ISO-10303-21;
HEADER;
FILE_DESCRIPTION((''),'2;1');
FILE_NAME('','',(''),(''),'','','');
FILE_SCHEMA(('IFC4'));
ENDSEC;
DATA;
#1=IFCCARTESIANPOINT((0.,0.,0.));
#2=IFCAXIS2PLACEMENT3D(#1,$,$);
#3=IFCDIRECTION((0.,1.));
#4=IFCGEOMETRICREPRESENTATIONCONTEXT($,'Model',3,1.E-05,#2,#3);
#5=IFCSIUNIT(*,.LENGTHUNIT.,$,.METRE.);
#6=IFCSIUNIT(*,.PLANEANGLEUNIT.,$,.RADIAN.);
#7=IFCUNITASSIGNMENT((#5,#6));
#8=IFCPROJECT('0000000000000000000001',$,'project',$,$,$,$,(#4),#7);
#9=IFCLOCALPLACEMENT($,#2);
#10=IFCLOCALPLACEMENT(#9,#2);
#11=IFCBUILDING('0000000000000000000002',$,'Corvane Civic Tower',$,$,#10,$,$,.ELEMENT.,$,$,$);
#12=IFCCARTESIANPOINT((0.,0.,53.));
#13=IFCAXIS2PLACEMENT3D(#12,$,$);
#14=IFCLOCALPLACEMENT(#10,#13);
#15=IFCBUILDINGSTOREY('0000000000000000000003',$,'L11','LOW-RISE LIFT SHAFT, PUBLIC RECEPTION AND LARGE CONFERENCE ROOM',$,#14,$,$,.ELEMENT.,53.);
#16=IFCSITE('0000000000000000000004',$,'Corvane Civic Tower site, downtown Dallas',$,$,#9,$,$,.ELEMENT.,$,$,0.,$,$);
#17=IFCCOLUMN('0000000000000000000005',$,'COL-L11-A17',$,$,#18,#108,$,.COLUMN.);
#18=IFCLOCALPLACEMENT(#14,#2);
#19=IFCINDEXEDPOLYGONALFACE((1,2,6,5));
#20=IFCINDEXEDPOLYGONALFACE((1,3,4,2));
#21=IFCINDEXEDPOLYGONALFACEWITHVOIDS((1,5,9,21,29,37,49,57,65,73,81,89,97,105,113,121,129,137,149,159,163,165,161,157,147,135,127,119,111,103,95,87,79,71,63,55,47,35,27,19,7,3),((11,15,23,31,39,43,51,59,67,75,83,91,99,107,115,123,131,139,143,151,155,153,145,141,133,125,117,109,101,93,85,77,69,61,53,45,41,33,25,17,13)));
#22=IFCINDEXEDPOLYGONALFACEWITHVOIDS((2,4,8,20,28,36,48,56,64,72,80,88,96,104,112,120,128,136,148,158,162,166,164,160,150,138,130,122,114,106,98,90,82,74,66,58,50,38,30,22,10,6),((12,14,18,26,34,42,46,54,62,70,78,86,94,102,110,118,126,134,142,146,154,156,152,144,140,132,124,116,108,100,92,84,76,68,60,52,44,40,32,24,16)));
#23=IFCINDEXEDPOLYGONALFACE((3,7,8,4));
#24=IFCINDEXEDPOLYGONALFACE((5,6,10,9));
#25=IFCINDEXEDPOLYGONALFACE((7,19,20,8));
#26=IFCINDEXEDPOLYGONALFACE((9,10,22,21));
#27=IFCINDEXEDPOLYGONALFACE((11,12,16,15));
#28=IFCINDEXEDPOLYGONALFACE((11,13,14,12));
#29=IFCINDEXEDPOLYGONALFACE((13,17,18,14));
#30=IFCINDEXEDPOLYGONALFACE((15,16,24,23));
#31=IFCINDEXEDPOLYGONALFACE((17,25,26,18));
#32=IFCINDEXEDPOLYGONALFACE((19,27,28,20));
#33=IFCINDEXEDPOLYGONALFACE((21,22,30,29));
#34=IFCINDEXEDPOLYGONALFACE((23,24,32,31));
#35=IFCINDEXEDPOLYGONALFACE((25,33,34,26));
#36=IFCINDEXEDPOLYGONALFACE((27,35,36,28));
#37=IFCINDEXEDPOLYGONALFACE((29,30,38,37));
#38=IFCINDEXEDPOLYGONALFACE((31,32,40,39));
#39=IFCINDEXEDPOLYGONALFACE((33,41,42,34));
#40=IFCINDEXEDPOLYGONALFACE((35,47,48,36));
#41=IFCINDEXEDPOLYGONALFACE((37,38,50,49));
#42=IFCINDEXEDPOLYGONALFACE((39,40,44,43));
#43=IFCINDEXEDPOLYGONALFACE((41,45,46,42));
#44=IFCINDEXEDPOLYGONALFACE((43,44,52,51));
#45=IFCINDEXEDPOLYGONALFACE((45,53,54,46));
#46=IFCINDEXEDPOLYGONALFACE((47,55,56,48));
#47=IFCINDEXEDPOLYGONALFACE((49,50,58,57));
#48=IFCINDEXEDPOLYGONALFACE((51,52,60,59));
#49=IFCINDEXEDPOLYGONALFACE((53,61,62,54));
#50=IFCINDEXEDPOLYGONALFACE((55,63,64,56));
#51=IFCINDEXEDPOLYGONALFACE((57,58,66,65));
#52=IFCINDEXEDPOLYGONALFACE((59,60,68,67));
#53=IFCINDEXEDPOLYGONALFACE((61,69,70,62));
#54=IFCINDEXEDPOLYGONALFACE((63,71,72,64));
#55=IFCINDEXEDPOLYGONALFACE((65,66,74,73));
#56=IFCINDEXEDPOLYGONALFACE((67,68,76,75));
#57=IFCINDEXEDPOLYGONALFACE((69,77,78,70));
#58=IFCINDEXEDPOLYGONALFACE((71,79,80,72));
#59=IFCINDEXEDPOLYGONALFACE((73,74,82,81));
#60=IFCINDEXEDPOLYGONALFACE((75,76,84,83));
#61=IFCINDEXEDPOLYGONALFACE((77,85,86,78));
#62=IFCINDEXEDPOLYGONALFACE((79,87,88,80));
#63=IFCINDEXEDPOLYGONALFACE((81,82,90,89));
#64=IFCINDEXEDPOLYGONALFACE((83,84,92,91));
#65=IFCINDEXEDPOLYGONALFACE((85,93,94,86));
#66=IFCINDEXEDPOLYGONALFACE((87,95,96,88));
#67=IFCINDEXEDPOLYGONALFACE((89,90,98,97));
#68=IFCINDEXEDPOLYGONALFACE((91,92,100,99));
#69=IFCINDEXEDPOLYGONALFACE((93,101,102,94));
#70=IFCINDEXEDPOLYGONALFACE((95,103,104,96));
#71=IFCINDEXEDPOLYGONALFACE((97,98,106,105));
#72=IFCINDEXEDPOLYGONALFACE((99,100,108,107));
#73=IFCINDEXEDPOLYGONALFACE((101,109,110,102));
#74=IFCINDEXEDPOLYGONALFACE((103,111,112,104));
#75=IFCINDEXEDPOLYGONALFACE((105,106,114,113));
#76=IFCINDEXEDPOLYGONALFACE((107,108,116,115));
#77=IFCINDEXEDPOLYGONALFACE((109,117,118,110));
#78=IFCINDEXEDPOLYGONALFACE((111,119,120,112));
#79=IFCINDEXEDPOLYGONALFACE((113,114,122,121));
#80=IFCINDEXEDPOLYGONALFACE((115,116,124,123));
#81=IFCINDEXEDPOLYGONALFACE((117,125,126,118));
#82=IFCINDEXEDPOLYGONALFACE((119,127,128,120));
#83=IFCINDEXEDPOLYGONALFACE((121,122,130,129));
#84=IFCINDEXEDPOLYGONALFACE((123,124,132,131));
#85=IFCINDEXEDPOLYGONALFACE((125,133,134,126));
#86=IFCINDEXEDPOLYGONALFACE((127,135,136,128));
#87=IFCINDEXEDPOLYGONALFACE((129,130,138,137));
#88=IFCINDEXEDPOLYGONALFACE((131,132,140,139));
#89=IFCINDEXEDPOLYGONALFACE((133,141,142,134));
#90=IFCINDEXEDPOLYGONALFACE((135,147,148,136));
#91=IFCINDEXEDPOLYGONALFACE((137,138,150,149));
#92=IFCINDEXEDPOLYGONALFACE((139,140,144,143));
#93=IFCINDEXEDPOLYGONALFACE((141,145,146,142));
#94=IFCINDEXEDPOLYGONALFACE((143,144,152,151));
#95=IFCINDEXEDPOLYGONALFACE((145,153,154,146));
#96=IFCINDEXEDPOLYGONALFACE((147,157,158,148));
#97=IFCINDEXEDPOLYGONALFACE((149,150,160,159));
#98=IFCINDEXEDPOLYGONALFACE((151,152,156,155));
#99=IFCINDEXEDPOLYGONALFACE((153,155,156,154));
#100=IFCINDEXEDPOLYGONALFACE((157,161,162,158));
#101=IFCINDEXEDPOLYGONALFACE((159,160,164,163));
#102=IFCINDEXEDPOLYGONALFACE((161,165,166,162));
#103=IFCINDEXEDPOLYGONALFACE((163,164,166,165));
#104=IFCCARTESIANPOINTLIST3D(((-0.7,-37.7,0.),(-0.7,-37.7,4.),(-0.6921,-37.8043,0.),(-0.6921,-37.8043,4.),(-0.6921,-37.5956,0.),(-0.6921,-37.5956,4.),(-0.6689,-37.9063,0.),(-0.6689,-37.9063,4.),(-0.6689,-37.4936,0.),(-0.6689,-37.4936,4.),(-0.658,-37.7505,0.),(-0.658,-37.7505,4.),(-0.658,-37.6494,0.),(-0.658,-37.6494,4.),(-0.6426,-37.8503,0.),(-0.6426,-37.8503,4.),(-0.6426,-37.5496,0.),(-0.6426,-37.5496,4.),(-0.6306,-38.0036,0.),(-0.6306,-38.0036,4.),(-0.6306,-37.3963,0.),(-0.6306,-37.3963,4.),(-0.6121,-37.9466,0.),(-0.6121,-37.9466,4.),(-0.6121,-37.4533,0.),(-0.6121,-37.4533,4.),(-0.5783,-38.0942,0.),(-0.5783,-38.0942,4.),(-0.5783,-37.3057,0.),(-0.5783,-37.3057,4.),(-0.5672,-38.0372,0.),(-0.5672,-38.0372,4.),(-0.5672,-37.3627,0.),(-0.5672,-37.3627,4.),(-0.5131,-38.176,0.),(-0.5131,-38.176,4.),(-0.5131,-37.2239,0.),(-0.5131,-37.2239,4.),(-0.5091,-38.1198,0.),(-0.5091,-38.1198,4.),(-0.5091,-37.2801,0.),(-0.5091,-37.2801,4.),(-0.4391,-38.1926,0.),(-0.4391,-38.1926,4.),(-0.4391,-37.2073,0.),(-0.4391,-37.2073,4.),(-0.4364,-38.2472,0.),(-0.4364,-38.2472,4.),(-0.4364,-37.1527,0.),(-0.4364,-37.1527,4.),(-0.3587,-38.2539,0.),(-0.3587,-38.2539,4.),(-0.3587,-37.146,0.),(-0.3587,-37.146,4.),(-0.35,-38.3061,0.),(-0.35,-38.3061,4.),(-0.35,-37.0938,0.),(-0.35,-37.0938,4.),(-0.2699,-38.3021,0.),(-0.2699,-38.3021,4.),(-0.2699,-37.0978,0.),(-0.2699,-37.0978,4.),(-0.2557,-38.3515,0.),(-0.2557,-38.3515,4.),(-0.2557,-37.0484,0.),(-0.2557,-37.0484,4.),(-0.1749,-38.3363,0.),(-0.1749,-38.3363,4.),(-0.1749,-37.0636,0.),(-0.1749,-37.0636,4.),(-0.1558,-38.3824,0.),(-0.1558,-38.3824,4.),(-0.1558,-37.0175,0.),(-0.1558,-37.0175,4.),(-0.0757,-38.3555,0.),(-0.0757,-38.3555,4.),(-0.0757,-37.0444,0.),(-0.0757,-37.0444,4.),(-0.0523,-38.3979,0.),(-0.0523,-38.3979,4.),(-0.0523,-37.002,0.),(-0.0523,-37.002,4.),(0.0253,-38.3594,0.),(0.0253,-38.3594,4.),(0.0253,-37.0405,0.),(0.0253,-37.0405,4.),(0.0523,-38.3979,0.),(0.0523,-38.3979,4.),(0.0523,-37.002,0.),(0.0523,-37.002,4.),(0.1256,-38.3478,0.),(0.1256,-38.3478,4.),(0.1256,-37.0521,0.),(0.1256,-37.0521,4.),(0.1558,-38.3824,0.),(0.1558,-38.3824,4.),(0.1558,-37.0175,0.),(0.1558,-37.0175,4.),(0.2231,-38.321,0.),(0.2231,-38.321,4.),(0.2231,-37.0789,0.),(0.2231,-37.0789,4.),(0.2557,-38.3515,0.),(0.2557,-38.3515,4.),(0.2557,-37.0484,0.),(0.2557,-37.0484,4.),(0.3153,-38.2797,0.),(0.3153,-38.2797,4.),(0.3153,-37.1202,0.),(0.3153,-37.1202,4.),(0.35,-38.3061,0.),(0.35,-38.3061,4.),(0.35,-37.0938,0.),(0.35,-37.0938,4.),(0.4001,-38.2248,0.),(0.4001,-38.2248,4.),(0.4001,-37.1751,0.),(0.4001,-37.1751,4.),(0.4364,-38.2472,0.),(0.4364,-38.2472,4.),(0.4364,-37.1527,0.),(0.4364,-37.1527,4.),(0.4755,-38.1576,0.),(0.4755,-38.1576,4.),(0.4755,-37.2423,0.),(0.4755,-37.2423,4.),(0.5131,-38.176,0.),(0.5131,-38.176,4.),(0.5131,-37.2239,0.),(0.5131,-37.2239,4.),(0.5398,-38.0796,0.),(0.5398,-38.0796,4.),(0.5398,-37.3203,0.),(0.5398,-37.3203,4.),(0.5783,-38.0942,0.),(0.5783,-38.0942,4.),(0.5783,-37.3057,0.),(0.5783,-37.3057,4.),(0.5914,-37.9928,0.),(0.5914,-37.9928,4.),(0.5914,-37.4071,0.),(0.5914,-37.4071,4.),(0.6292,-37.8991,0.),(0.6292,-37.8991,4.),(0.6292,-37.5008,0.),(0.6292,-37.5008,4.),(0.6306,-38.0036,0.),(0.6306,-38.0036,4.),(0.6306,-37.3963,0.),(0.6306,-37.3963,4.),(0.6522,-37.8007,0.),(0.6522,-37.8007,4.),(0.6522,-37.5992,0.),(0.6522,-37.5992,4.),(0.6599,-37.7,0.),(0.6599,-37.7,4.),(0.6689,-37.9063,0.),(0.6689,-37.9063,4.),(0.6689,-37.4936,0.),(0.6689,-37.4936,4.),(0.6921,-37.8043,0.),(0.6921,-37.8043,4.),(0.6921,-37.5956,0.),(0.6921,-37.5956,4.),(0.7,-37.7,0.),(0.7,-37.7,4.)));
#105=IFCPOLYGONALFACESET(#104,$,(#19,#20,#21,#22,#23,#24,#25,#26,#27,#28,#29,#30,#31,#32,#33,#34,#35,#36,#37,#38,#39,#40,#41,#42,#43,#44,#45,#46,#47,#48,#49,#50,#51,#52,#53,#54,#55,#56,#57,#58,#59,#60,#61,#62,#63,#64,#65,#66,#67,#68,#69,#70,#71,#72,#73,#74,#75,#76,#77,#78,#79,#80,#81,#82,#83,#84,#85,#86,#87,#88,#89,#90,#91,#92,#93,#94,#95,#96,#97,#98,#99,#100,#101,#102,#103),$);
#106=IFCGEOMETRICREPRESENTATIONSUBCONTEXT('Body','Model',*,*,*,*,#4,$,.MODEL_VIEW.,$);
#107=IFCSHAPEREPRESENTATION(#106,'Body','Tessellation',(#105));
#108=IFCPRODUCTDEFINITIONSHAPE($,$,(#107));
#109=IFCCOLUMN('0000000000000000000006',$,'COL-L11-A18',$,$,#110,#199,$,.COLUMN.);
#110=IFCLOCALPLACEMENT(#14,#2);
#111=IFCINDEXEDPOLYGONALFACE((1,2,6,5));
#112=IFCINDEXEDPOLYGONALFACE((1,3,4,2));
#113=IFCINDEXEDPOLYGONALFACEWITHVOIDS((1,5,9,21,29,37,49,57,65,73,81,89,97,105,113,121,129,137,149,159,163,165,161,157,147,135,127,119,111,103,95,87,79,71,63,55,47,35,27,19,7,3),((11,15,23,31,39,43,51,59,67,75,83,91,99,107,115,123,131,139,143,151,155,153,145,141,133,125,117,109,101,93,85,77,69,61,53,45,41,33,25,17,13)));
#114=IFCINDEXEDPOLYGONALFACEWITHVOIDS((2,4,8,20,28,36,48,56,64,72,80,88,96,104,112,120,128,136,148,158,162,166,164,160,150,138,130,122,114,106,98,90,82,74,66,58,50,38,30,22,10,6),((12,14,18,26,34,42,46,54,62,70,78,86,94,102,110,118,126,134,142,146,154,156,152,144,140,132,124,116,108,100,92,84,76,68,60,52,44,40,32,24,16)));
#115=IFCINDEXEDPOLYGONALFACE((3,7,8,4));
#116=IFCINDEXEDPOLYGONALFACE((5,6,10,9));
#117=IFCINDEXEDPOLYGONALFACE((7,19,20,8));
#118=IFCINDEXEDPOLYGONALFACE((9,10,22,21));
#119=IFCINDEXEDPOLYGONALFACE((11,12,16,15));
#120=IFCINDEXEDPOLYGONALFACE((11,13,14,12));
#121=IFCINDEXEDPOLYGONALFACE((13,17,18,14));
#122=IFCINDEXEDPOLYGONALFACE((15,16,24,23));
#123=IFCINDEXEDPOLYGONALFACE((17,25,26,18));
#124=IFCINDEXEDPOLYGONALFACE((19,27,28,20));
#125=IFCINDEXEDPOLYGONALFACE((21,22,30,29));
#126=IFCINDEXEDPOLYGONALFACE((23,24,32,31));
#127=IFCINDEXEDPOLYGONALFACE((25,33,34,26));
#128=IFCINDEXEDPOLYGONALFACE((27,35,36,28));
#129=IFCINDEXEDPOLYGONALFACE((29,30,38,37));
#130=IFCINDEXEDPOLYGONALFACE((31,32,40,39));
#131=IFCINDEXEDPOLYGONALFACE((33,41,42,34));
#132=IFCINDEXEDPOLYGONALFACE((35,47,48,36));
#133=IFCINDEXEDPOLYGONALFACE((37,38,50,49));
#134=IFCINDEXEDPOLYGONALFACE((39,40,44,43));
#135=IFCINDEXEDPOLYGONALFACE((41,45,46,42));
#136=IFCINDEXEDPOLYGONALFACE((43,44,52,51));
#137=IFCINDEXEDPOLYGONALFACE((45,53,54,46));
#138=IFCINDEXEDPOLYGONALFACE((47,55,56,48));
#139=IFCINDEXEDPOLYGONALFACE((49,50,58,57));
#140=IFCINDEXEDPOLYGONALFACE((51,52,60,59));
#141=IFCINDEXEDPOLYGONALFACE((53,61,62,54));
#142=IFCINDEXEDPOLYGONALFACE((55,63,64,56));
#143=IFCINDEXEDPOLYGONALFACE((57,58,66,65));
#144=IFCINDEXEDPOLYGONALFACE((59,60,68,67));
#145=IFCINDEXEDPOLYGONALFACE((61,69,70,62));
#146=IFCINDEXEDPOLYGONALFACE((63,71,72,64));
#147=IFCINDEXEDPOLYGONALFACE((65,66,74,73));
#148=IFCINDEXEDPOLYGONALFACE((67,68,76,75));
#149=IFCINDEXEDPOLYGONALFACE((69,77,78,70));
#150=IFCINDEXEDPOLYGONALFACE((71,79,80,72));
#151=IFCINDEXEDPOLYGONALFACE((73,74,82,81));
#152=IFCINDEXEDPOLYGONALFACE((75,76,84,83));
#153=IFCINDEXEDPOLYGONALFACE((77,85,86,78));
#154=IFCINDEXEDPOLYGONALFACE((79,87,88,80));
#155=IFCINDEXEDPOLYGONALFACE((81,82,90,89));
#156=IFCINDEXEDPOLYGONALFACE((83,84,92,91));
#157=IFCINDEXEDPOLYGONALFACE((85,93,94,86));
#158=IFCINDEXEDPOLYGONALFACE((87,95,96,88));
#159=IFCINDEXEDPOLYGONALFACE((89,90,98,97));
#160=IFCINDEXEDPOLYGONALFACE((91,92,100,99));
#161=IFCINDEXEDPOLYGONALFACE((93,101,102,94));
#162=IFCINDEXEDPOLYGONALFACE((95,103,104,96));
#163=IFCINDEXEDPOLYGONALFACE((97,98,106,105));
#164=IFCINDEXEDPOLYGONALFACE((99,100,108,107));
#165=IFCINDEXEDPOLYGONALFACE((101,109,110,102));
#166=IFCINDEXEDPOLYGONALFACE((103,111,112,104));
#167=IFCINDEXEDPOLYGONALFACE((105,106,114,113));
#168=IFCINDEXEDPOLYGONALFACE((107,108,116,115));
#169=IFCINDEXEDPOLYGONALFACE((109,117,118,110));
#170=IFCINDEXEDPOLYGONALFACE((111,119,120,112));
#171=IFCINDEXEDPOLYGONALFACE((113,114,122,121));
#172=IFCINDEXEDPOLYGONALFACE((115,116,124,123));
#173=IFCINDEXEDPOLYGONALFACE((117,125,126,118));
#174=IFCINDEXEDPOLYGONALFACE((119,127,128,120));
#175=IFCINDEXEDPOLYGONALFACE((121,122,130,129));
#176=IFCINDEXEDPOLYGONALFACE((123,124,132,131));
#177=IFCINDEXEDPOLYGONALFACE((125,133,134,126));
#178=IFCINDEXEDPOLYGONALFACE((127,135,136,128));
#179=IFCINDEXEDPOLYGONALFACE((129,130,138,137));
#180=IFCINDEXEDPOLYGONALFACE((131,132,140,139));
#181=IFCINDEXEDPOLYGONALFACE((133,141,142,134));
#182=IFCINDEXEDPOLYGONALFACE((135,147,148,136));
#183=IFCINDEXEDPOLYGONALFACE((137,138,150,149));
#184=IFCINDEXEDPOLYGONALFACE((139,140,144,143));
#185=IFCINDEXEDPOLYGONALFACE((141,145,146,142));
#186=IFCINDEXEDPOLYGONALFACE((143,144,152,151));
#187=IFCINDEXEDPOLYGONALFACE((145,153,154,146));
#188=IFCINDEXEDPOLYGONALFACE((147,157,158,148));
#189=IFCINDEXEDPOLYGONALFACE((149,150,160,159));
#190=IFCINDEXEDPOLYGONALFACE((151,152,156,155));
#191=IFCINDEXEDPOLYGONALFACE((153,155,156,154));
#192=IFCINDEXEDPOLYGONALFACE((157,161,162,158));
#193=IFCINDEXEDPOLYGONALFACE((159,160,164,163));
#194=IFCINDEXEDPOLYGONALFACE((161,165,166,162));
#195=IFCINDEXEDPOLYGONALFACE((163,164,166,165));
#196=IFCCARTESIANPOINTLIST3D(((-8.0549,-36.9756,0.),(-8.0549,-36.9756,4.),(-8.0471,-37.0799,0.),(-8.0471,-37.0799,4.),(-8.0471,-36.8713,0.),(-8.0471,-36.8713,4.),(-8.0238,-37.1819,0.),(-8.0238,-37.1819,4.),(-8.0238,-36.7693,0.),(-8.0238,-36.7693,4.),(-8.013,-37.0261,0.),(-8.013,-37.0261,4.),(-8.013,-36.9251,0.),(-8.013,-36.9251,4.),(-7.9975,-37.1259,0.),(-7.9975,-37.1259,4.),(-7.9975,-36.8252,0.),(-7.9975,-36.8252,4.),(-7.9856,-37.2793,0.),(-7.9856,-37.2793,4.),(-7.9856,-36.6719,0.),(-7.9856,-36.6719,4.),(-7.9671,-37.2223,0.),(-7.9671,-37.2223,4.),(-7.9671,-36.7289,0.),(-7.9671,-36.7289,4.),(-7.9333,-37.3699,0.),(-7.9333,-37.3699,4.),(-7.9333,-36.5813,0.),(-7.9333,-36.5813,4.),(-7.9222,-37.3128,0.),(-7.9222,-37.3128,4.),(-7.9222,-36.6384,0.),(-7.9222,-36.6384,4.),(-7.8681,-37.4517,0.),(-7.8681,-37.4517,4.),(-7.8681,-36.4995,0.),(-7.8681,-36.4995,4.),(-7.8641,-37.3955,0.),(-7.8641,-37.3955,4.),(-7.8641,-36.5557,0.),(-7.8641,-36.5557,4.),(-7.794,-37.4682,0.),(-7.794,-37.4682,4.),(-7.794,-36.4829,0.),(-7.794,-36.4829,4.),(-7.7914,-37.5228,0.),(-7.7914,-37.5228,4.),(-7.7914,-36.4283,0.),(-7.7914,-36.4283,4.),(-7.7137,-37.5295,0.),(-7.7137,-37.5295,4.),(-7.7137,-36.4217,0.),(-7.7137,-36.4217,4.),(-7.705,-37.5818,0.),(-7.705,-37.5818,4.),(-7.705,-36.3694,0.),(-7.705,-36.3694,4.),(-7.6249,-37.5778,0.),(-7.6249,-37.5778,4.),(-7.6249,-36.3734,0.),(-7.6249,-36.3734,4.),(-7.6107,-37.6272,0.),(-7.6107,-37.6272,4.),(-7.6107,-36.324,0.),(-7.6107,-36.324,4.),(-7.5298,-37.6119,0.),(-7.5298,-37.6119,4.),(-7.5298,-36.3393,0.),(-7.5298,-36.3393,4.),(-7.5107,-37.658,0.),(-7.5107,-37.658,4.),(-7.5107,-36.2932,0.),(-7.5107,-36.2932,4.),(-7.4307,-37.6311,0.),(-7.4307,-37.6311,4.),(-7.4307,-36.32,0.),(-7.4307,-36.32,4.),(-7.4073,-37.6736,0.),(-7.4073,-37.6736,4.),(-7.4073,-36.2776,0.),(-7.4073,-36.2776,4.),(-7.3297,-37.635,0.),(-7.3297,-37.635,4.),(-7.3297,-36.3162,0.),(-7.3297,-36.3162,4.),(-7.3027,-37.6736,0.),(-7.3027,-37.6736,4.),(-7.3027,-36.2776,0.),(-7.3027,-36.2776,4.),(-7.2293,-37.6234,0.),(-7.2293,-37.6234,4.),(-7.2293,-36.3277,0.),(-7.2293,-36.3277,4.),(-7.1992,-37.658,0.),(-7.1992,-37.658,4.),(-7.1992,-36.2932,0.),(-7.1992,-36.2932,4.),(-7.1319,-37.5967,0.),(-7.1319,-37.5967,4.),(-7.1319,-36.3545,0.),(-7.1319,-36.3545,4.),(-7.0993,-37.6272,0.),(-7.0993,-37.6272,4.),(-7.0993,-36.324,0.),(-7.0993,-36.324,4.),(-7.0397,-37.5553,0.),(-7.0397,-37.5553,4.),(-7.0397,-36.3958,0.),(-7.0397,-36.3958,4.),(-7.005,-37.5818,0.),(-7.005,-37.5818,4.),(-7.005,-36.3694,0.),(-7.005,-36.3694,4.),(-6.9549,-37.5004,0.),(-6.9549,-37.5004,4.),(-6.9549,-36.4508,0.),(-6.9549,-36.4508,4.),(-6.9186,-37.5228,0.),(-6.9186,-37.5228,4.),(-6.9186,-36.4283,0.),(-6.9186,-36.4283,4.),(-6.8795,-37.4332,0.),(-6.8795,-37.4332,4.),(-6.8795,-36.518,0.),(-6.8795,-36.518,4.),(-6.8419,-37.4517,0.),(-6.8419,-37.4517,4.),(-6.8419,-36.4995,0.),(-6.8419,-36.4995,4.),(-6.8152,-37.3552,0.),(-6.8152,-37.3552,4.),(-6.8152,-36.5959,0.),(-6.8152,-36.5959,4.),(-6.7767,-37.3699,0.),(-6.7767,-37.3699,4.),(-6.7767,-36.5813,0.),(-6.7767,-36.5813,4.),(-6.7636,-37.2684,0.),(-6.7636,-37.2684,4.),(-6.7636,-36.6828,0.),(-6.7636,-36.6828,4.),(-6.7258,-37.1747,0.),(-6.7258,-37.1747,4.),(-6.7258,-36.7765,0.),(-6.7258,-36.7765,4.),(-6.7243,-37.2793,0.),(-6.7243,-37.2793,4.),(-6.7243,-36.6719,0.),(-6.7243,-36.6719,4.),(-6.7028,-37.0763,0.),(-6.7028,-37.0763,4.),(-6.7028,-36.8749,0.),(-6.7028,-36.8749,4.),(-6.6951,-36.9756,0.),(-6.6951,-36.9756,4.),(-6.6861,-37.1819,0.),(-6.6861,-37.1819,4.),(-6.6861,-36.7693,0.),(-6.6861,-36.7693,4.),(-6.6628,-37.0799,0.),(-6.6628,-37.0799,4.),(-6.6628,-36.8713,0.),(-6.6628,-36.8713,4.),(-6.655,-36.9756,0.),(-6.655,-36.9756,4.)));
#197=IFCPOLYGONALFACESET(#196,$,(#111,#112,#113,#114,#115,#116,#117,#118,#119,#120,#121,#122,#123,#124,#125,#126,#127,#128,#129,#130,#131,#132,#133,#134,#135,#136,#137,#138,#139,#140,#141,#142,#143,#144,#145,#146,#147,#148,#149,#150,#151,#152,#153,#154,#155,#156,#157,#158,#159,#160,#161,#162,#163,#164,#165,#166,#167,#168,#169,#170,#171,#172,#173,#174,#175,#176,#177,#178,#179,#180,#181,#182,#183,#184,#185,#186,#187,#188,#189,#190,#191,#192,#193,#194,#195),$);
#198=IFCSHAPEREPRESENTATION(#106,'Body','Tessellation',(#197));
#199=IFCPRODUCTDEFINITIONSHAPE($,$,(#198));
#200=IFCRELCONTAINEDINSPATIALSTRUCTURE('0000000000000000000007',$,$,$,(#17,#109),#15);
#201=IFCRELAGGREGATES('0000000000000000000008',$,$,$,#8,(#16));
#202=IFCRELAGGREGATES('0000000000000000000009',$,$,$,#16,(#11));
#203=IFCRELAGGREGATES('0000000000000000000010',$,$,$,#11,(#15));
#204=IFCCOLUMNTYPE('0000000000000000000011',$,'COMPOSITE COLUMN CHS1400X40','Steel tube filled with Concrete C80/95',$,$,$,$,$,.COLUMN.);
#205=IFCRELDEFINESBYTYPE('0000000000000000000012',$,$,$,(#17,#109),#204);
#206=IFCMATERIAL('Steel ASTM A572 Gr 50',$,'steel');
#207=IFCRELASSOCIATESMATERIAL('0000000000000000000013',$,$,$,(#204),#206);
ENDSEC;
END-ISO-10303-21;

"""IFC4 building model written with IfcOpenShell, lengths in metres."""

from ifc_helpers import new_model, si_unit, direction, frame, origin, origin_2d, place, context, subcontext, project, spatial, hollow_circle, extrude, material, material_profile, profile_set, type_object, element, save


model = new_model("IFC4")

# Units and contexts
model_context = context("Model", 3, precision=1e-05, world=origin(), true_north=direction((0.0, 1.0)))
body_context = subcontext(model_context, "Body", "Model", "MODEL_VIEW")
ifc_project = project(units=[si_unit("LENGTHUNIT", "METRE"), si_unit("PLANEANGLEUNIT", "RADIAN")], contexts=[model_context])

# Site, building, storey
site_placement = place(None, origin())
site = spatial("IfcSite", under=ifc_project, at=site_placement, Name="Corvane Civic Tower site, downtown Dallas", CompositionType="ELEMENT", RefElevation=0.0)
building_placement = place(site_placement, origin())
building = spatial("IfcBuilding", under=site, at=building_placement, Name="Corvane Civic Tower", CompositionType="ELEMENT")
storey_placement = place(building_placement, frame((0.0, 0.0, 53.0)))
storey = spatial("IfcBuildingStorey", under=building, at=storey_placement, Name="L11", Description="LOW-RISE LIFT SHAFT, PUBLIC RECEPTION AND LARGE CONFERENCE ROOM", CompositionType="ELEMENT", Elevation=53.0)

# Columns
ifc_material_1 = material(Name="Steel ASTM A572 Gr 50", Category="steel")
ifc_material_profile_1 = material_profile(ifc_material_1, hollow_circle(Radius=0.7, WallThickness=0.04, at=origin_2d()), Name="CHS1400X40")
ifc_profile_set_1 = profile_set([ifc_material_profile_1], Name="Steel ASTM A572 Gr 50")
column_type = type_object("IfcColumnType", Name="COMPOSITE COLUMN CHS1400X40", Description="Steel tube filled with Concrete C80/95", PredefinedType="COLUMN", material=ifc_profile_set_1)
for number, where, z_axis, x_axis, name in (
    (1, (0.0, -37.7, 0.0), (0.0, 0.0, 1.0), (1.0, 0.0, 0.0), "COL-L11-A17"),
    (2, (-7.355, -36.9756, 0.0), (0.0, 0.0, 1.0), (1.0, 0.0, 0.0), "COL-L11-A18"),
):
    element("IfcColumn", number, at=place(storey_placement, frame(where, z_axis=z_axis, x_axis=x_axis)), inside=storey, type_object=column_type, Name=name, PredefinedType="COLUMN", context=body_context, shape_type="SweptSolid", body=[
        extrude(hollow_circle(Radius=0.7, WallThickness=0.04, at=origin_2d()), origin(), (0.0, 0.0, 1.0), 4.0),
    ])

save(model, "model.ifc")
